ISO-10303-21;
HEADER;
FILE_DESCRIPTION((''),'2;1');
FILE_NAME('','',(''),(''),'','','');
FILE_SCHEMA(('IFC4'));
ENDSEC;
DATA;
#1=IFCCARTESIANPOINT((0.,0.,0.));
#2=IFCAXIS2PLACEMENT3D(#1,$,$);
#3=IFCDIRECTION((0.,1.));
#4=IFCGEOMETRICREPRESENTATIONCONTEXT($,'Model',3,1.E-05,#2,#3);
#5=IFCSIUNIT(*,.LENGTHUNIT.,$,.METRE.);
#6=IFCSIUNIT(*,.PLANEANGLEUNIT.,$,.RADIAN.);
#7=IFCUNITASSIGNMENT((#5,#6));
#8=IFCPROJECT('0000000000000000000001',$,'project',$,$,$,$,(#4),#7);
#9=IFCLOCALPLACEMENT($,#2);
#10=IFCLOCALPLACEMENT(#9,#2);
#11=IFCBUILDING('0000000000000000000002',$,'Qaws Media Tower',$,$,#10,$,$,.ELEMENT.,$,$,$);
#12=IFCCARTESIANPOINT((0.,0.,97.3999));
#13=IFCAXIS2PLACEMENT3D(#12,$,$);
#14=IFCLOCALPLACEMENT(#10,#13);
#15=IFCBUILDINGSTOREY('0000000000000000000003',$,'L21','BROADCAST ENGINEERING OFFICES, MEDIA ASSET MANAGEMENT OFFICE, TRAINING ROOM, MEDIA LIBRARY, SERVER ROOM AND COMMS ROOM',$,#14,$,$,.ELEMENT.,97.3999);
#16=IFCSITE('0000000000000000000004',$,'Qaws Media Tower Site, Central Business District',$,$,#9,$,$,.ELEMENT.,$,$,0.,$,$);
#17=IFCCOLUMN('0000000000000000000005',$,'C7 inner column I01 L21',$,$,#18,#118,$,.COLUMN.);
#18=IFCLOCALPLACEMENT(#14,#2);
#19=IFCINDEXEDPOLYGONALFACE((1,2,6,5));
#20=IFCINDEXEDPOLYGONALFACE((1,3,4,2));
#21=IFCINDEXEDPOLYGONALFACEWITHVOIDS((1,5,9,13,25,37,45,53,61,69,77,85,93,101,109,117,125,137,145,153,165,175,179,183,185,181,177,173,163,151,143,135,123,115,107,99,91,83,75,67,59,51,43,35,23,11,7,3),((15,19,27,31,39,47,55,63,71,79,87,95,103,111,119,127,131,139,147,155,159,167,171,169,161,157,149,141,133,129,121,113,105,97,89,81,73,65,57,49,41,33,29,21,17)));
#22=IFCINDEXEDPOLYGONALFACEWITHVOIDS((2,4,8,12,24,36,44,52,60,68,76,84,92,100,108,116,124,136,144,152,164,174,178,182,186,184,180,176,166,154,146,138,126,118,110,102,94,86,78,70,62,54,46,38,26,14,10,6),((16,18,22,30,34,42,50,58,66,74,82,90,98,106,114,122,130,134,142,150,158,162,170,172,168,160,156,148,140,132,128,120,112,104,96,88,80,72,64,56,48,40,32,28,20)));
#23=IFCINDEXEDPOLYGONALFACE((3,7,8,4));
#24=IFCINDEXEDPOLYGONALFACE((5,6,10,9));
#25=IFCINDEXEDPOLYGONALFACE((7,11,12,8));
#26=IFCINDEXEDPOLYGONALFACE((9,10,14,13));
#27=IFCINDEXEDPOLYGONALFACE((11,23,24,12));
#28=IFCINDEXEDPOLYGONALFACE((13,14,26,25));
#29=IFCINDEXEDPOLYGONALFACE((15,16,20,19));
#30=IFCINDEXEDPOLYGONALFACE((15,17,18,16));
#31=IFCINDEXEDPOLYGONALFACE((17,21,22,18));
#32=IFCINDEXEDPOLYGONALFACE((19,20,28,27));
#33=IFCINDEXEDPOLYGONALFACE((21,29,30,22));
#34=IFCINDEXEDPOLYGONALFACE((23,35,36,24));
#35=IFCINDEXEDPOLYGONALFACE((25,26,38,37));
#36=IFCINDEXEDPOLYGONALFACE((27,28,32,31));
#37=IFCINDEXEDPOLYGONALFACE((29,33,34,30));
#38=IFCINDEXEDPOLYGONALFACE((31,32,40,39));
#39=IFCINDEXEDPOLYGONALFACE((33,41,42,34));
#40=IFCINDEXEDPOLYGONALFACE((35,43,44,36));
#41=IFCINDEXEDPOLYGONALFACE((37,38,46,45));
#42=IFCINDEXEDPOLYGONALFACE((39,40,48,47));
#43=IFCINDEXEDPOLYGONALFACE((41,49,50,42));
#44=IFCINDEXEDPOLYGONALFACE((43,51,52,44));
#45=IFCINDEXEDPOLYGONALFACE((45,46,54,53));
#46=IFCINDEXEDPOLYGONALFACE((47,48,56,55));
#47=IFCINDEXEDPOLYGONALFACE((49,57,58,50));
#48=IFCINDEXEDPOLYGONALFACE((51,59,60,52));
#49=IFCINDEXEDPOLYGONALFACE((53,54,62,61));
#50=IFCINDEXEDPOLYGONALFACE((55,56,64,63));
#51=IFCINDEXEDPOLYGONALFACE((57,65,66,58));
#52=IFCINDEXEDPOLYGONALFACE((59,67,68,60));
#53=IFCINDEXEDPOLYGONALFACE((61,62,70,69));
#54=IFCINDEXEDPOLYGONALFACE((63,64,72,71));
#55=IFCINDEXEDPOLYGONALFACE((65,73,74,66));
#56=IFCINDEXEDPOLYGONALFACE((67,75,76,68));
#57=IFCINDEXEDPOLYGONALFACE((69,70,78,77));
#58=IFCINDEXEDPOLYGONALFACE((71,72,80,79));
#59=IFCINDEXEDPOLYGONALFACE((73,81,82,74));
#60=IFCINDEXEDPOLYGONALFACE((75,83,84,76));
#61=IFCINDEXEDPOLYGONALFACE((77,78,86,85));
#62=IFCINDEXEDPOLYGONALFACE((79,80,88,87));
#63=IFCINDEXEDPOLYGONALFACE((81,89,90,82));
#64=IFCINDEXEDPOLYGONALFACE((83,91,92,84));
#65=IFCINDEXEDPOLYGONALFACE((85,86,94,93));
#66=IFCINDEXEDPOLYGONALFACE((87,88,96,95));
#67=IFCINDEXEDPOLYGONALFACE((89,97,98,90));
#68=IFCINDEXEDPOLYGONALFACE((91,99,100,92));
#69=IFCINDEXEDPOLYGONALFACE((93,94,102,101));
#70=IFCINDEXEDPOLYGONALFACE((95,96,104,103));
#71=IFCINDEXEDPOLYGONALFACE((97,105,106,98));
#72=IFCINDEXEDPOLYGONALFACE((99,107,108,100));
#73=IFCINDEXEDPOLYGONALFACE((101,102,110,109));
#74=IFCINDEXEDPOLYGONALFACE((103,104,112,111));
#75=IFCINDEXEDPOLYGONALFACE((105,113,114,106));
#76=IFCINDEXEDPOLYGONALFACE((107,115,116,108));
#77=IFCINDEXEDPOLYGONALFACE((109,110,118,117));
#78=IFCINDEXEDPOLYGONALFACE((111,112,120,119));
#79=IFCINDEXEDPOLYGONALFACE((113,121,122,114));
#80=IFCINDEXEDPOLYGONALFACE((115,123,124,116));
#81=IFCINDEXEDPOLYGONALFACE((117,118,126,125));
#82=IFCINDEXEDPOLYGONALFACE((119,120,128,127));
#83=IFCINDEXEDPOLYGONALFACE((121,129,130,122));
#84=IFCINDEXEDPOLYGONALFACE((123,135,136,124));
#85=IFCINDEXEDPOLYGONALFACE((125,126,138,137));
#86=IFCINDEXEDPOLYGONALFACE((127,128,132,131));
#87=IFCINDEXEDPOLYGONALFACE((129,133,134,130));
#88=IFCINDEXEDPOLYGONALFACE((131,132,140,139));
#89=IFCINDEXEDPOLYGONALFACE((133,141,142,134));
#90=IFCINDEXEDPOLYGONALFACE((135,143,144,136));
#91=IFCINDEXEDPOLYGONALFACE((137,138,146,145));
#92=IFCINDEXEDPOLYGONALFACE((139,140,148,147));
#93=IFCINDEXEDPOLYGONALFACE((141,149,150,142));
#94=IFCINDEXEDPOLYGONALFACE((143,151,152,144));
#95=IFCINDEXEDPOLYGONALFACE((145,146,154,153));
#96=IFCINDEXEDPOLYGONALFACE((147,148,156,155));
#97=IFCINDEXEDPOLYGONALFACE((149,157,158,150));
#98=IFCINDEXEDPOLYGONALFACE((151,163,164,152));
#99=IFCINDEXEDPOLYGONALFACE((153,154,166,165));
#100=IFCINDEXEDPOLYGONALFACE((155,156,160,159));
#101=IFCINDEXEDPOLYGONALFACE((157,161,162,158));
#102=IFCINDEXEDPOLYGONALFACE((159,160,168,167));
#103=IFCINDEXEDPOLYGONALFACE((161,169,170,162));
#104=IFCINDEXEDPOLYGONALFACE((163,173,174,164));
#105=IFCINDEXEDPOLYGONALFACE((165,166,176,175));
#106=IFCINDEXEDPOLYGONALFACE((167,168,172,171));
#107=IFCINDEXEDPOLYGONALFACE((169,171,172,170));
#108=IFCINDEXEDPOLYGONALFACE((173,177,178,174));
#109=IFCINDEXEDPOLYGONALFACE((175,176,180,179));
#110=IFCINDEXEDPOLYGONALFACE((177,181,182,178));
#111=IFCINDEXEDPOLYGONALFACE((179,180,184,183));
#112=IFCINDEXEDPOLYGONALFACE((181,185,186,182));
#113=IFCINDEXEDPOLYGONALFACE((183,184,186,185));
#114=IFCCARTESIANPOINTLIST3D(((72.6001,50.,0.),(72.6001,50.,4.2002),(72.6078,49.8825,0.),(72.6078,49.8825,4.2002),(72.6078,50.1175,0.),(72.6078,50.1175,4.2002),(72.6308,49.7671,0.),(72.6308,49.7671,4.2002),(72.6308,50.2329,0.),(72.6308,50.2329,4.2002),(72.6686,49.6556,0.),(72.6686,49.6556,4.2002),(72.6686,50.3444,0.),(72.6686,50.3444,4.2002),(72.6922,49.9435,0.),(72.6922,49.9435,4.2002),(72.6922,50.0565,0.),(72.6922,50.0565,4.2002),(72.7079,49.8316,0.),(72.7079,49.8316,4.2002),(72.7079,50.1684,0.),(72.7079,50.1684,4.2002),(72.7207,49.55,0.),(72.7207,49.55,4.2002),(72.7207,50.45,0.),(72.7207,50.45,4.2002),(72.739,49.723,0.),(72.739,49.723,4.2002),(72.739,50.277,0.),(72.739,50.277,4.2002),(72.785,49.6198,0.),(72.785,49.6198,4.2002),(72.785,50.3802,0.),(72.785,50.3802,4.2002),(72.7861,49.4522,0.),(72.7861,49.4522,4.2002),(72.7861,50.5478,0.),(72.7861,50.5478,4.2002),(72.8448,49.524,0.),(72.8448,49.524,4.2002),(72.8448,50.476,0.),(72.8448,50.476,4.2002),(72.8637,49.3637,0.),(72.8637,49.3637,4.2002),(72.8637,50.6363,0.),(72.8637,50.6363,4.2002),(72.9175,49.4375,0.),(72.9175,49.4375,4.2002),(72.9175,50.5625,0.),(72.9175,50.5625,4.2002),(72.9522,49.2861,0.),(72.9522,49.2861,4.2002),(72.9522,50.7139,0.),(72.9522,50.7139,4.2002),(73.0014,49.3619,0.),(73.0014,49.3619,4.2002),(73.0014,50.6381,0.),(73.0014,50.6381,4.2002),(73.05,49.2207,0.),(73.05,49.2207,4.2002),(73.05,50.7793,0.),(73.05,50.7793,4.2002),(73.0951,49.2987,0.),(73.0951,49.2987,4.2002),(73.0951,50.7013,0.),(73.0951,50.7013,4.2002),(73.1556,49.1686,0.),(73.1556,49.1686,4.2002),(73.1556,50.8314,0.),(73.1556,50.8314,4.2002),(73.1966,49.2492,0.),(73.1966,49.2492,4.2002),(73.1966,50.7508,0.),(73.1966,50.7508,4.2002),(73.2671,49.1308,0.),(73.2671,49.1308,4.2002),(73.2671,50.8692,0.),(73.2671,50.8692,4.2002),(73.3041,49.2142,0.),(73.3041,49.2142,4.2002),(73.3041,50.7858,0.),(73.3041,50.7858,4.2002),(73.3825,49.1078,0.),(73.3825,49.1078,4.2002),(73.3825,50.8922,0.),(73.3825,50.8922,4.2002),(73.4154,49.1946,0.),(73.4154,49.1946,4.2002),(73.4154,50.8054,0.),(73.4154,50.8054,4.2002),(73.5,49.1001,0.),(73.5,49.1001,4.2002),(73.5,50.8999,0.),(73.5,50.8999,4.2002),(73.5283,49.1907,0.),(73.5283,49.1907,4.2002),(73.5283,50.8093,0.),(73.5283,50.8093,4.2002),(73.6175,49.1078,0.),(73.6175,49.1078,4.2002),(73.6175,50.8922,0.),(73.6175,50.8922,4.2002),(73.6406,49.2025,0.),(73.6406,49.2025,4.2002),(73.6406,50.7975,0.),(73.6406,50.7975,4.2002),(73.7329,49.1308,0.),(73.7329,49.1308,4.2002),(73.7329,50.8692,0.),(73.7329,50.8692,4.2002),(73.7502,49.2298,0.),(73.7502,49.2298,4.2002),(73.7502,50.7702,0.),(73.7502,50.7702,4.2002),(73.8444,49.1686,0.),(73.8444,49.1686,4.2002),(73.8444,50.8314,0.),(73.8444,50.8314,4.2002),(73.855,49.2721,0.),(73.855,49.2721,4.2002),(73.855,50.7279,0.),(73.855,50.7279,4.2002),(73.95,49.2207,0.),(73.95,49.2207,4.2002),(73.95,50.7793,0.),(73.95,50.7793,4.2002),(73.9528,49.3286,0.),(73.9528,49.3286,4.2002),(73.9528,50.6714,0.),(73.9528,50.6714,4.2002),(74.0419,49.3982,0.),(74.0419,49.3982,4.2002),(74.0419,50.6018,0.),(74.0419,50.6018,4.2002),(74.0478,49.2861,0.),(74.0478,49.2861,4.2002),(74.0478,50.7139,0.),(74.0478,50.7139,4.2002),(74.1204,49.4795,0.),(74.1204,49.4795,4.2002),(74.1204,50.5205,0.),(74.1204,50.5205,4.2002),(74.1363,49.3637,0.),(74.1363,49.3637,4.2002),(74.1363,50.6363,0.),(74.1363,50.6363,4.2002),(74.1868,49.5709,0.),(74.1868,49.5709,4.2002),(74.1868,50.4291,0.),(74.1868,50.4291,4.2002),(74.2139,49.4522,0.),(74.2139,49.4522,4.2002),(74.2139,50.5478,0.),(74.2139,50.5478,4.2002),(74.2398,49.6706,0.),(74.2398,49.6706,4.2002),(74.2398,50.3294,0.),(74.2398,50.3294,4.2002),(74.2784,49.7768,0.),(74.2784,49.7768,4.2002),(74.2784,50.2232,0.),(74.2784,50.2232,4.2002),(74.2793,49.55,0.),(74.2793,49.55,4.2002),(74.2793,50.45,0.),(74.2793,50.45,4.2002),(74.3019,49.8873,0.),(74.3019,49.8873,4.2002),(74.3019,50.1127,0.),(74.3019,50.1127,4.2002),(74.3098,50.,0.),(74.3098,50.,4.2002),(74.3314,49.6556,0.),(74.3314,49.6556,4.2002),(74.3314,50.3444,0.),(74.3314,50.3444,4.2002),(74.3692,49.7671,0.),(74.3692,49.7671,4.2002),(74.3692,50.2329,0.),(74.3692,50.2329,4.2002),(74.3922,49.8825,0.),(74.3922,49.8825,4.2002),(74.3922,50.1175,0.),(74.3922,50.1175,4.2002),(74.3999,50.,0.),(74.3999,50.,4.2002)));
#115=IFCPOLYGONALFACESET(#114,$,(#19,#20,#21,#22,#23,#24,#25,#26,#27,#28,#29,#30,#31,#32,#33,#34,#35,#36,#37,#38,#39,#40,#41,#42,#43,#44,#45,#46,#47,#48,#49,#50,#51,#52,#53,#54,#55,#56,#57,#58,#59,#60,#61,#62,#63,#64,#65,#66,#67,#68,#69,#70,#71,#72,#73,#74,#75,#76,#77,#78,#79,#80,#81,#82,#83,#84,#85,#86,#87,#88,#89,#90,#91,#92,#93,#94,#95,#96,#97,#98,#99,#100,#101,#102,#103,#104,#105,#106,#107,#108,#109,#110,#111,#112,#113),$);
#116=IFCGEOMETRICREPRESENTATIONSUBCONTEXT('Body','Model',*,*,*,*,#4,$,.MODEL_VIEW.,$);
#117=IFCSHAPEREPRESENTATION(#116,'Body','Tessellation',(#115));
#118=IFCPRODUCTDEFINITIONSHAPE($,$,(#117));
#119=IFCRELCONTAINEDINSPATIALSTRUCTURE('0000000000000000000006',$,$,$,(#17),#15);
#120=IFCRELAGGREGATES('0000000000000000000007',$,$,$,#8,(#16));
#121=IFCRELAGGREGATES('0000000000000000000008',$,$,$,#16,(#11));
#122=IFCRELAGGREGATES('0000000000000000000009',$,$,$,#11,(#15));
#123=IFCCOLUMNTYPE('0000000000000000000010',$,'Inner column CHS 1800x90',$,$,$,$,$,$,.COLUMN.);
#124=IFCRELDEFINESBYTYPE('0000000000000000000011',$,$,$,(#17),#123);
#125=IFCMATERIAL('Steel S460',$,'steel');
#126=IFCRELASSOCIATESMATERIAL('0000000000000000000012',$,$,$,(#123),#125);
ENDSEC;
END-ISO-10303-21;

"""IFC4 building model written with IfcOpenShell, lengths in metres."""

from ifc_helpers import new_model, si_unit, direction, frame, origin, origin_2d, place, context, subcontext, project, spatial, hollow_circle, extrude, material, material_profile, profile_set, type_object, element, save


model = new_model("IFC4")

# Units and contexts
model_context = context("Model", 3, precision=1e-05, world=origin(), true_north=direction((0.0, 1.0)))
body_context = subcontext(model_context, "Body", "Model", "MODEL_VIEW")
ifc_project = project(units=[si_unit("LENGTHUNIT", "METRE"), si_unit("PLANEANGLEUNIT", "RADIAN")], contexts=[model_context])

# Site, building, storey
site_placement = place(None, origin())
site = spatial("IfcSite", under=ifc_project, at=site_placement, Name="Qaws Media Tower Site, Central Business District", CompositionType="ELEMENT", RefElevation=0.0)
building_placement = place(site_placement, origin())
building = spatial("IfcBuilding", under=site, at=building_placement, Name="Qaws Media Tower", CompositionType="ELEMENT")
storey_placement = place(building_placement, frame((0.0, 0.0, 97.3999)))
storey = spatial("IfcBuildingStorey", under=building, at=storey_placement, Name="L21", Description="BROADCAST ENGINEERING OFFICES, MEDIA ASSET MANAGEMENT OFFICE, TRAINING ROOM, MEDIA LIBRARY, SERVER ROOM AND COMMS ROOM", CompositionType="ELEMENT", Elevation=97.3999)

# Column
ifc_material_1 = material(Name="Steel S460", Category="steel")
ifc_material_profile_1 = material_profile(ifc_material_1, hollow_circle(Radius=0.8999, WallThickness=0.0901, at=origin_2d()), Name="CHS 1800x90")
ifc_profile_set_1 = profile_set([ifc_material_profile_1], Name="Steel S460")
column_type = type_object("IfcColumnType", Name="Inner column CHS 1800x90", PredefinedType="COLUMN", material=ifc_profile_set_1)
for number, where, z_axis, x_axis, name in (
    (1, (73.5, 50.0, 0.0), (0.0, 0.0, 1.0), (1.0, 0.0, 0.0), "C7 inner column I01 L21"),
):
    element("IfcColumn", number, at=place(storey_placement, frame(where, z_axis=z_axis, x_axis=x_axis)), inside=storey, type_object=column_type, Name=name, PredefinedType="COLUMN", context=body_context, shape_type="SweptSolid", body=[
        extrude(hollow_circle(Radius=0.8999, WallThickness=0.0901, at=origin_2d()), origin(), (0.0, 0.0, 1.0), 4.2002),
    ])

save(model, "model.ifc")
